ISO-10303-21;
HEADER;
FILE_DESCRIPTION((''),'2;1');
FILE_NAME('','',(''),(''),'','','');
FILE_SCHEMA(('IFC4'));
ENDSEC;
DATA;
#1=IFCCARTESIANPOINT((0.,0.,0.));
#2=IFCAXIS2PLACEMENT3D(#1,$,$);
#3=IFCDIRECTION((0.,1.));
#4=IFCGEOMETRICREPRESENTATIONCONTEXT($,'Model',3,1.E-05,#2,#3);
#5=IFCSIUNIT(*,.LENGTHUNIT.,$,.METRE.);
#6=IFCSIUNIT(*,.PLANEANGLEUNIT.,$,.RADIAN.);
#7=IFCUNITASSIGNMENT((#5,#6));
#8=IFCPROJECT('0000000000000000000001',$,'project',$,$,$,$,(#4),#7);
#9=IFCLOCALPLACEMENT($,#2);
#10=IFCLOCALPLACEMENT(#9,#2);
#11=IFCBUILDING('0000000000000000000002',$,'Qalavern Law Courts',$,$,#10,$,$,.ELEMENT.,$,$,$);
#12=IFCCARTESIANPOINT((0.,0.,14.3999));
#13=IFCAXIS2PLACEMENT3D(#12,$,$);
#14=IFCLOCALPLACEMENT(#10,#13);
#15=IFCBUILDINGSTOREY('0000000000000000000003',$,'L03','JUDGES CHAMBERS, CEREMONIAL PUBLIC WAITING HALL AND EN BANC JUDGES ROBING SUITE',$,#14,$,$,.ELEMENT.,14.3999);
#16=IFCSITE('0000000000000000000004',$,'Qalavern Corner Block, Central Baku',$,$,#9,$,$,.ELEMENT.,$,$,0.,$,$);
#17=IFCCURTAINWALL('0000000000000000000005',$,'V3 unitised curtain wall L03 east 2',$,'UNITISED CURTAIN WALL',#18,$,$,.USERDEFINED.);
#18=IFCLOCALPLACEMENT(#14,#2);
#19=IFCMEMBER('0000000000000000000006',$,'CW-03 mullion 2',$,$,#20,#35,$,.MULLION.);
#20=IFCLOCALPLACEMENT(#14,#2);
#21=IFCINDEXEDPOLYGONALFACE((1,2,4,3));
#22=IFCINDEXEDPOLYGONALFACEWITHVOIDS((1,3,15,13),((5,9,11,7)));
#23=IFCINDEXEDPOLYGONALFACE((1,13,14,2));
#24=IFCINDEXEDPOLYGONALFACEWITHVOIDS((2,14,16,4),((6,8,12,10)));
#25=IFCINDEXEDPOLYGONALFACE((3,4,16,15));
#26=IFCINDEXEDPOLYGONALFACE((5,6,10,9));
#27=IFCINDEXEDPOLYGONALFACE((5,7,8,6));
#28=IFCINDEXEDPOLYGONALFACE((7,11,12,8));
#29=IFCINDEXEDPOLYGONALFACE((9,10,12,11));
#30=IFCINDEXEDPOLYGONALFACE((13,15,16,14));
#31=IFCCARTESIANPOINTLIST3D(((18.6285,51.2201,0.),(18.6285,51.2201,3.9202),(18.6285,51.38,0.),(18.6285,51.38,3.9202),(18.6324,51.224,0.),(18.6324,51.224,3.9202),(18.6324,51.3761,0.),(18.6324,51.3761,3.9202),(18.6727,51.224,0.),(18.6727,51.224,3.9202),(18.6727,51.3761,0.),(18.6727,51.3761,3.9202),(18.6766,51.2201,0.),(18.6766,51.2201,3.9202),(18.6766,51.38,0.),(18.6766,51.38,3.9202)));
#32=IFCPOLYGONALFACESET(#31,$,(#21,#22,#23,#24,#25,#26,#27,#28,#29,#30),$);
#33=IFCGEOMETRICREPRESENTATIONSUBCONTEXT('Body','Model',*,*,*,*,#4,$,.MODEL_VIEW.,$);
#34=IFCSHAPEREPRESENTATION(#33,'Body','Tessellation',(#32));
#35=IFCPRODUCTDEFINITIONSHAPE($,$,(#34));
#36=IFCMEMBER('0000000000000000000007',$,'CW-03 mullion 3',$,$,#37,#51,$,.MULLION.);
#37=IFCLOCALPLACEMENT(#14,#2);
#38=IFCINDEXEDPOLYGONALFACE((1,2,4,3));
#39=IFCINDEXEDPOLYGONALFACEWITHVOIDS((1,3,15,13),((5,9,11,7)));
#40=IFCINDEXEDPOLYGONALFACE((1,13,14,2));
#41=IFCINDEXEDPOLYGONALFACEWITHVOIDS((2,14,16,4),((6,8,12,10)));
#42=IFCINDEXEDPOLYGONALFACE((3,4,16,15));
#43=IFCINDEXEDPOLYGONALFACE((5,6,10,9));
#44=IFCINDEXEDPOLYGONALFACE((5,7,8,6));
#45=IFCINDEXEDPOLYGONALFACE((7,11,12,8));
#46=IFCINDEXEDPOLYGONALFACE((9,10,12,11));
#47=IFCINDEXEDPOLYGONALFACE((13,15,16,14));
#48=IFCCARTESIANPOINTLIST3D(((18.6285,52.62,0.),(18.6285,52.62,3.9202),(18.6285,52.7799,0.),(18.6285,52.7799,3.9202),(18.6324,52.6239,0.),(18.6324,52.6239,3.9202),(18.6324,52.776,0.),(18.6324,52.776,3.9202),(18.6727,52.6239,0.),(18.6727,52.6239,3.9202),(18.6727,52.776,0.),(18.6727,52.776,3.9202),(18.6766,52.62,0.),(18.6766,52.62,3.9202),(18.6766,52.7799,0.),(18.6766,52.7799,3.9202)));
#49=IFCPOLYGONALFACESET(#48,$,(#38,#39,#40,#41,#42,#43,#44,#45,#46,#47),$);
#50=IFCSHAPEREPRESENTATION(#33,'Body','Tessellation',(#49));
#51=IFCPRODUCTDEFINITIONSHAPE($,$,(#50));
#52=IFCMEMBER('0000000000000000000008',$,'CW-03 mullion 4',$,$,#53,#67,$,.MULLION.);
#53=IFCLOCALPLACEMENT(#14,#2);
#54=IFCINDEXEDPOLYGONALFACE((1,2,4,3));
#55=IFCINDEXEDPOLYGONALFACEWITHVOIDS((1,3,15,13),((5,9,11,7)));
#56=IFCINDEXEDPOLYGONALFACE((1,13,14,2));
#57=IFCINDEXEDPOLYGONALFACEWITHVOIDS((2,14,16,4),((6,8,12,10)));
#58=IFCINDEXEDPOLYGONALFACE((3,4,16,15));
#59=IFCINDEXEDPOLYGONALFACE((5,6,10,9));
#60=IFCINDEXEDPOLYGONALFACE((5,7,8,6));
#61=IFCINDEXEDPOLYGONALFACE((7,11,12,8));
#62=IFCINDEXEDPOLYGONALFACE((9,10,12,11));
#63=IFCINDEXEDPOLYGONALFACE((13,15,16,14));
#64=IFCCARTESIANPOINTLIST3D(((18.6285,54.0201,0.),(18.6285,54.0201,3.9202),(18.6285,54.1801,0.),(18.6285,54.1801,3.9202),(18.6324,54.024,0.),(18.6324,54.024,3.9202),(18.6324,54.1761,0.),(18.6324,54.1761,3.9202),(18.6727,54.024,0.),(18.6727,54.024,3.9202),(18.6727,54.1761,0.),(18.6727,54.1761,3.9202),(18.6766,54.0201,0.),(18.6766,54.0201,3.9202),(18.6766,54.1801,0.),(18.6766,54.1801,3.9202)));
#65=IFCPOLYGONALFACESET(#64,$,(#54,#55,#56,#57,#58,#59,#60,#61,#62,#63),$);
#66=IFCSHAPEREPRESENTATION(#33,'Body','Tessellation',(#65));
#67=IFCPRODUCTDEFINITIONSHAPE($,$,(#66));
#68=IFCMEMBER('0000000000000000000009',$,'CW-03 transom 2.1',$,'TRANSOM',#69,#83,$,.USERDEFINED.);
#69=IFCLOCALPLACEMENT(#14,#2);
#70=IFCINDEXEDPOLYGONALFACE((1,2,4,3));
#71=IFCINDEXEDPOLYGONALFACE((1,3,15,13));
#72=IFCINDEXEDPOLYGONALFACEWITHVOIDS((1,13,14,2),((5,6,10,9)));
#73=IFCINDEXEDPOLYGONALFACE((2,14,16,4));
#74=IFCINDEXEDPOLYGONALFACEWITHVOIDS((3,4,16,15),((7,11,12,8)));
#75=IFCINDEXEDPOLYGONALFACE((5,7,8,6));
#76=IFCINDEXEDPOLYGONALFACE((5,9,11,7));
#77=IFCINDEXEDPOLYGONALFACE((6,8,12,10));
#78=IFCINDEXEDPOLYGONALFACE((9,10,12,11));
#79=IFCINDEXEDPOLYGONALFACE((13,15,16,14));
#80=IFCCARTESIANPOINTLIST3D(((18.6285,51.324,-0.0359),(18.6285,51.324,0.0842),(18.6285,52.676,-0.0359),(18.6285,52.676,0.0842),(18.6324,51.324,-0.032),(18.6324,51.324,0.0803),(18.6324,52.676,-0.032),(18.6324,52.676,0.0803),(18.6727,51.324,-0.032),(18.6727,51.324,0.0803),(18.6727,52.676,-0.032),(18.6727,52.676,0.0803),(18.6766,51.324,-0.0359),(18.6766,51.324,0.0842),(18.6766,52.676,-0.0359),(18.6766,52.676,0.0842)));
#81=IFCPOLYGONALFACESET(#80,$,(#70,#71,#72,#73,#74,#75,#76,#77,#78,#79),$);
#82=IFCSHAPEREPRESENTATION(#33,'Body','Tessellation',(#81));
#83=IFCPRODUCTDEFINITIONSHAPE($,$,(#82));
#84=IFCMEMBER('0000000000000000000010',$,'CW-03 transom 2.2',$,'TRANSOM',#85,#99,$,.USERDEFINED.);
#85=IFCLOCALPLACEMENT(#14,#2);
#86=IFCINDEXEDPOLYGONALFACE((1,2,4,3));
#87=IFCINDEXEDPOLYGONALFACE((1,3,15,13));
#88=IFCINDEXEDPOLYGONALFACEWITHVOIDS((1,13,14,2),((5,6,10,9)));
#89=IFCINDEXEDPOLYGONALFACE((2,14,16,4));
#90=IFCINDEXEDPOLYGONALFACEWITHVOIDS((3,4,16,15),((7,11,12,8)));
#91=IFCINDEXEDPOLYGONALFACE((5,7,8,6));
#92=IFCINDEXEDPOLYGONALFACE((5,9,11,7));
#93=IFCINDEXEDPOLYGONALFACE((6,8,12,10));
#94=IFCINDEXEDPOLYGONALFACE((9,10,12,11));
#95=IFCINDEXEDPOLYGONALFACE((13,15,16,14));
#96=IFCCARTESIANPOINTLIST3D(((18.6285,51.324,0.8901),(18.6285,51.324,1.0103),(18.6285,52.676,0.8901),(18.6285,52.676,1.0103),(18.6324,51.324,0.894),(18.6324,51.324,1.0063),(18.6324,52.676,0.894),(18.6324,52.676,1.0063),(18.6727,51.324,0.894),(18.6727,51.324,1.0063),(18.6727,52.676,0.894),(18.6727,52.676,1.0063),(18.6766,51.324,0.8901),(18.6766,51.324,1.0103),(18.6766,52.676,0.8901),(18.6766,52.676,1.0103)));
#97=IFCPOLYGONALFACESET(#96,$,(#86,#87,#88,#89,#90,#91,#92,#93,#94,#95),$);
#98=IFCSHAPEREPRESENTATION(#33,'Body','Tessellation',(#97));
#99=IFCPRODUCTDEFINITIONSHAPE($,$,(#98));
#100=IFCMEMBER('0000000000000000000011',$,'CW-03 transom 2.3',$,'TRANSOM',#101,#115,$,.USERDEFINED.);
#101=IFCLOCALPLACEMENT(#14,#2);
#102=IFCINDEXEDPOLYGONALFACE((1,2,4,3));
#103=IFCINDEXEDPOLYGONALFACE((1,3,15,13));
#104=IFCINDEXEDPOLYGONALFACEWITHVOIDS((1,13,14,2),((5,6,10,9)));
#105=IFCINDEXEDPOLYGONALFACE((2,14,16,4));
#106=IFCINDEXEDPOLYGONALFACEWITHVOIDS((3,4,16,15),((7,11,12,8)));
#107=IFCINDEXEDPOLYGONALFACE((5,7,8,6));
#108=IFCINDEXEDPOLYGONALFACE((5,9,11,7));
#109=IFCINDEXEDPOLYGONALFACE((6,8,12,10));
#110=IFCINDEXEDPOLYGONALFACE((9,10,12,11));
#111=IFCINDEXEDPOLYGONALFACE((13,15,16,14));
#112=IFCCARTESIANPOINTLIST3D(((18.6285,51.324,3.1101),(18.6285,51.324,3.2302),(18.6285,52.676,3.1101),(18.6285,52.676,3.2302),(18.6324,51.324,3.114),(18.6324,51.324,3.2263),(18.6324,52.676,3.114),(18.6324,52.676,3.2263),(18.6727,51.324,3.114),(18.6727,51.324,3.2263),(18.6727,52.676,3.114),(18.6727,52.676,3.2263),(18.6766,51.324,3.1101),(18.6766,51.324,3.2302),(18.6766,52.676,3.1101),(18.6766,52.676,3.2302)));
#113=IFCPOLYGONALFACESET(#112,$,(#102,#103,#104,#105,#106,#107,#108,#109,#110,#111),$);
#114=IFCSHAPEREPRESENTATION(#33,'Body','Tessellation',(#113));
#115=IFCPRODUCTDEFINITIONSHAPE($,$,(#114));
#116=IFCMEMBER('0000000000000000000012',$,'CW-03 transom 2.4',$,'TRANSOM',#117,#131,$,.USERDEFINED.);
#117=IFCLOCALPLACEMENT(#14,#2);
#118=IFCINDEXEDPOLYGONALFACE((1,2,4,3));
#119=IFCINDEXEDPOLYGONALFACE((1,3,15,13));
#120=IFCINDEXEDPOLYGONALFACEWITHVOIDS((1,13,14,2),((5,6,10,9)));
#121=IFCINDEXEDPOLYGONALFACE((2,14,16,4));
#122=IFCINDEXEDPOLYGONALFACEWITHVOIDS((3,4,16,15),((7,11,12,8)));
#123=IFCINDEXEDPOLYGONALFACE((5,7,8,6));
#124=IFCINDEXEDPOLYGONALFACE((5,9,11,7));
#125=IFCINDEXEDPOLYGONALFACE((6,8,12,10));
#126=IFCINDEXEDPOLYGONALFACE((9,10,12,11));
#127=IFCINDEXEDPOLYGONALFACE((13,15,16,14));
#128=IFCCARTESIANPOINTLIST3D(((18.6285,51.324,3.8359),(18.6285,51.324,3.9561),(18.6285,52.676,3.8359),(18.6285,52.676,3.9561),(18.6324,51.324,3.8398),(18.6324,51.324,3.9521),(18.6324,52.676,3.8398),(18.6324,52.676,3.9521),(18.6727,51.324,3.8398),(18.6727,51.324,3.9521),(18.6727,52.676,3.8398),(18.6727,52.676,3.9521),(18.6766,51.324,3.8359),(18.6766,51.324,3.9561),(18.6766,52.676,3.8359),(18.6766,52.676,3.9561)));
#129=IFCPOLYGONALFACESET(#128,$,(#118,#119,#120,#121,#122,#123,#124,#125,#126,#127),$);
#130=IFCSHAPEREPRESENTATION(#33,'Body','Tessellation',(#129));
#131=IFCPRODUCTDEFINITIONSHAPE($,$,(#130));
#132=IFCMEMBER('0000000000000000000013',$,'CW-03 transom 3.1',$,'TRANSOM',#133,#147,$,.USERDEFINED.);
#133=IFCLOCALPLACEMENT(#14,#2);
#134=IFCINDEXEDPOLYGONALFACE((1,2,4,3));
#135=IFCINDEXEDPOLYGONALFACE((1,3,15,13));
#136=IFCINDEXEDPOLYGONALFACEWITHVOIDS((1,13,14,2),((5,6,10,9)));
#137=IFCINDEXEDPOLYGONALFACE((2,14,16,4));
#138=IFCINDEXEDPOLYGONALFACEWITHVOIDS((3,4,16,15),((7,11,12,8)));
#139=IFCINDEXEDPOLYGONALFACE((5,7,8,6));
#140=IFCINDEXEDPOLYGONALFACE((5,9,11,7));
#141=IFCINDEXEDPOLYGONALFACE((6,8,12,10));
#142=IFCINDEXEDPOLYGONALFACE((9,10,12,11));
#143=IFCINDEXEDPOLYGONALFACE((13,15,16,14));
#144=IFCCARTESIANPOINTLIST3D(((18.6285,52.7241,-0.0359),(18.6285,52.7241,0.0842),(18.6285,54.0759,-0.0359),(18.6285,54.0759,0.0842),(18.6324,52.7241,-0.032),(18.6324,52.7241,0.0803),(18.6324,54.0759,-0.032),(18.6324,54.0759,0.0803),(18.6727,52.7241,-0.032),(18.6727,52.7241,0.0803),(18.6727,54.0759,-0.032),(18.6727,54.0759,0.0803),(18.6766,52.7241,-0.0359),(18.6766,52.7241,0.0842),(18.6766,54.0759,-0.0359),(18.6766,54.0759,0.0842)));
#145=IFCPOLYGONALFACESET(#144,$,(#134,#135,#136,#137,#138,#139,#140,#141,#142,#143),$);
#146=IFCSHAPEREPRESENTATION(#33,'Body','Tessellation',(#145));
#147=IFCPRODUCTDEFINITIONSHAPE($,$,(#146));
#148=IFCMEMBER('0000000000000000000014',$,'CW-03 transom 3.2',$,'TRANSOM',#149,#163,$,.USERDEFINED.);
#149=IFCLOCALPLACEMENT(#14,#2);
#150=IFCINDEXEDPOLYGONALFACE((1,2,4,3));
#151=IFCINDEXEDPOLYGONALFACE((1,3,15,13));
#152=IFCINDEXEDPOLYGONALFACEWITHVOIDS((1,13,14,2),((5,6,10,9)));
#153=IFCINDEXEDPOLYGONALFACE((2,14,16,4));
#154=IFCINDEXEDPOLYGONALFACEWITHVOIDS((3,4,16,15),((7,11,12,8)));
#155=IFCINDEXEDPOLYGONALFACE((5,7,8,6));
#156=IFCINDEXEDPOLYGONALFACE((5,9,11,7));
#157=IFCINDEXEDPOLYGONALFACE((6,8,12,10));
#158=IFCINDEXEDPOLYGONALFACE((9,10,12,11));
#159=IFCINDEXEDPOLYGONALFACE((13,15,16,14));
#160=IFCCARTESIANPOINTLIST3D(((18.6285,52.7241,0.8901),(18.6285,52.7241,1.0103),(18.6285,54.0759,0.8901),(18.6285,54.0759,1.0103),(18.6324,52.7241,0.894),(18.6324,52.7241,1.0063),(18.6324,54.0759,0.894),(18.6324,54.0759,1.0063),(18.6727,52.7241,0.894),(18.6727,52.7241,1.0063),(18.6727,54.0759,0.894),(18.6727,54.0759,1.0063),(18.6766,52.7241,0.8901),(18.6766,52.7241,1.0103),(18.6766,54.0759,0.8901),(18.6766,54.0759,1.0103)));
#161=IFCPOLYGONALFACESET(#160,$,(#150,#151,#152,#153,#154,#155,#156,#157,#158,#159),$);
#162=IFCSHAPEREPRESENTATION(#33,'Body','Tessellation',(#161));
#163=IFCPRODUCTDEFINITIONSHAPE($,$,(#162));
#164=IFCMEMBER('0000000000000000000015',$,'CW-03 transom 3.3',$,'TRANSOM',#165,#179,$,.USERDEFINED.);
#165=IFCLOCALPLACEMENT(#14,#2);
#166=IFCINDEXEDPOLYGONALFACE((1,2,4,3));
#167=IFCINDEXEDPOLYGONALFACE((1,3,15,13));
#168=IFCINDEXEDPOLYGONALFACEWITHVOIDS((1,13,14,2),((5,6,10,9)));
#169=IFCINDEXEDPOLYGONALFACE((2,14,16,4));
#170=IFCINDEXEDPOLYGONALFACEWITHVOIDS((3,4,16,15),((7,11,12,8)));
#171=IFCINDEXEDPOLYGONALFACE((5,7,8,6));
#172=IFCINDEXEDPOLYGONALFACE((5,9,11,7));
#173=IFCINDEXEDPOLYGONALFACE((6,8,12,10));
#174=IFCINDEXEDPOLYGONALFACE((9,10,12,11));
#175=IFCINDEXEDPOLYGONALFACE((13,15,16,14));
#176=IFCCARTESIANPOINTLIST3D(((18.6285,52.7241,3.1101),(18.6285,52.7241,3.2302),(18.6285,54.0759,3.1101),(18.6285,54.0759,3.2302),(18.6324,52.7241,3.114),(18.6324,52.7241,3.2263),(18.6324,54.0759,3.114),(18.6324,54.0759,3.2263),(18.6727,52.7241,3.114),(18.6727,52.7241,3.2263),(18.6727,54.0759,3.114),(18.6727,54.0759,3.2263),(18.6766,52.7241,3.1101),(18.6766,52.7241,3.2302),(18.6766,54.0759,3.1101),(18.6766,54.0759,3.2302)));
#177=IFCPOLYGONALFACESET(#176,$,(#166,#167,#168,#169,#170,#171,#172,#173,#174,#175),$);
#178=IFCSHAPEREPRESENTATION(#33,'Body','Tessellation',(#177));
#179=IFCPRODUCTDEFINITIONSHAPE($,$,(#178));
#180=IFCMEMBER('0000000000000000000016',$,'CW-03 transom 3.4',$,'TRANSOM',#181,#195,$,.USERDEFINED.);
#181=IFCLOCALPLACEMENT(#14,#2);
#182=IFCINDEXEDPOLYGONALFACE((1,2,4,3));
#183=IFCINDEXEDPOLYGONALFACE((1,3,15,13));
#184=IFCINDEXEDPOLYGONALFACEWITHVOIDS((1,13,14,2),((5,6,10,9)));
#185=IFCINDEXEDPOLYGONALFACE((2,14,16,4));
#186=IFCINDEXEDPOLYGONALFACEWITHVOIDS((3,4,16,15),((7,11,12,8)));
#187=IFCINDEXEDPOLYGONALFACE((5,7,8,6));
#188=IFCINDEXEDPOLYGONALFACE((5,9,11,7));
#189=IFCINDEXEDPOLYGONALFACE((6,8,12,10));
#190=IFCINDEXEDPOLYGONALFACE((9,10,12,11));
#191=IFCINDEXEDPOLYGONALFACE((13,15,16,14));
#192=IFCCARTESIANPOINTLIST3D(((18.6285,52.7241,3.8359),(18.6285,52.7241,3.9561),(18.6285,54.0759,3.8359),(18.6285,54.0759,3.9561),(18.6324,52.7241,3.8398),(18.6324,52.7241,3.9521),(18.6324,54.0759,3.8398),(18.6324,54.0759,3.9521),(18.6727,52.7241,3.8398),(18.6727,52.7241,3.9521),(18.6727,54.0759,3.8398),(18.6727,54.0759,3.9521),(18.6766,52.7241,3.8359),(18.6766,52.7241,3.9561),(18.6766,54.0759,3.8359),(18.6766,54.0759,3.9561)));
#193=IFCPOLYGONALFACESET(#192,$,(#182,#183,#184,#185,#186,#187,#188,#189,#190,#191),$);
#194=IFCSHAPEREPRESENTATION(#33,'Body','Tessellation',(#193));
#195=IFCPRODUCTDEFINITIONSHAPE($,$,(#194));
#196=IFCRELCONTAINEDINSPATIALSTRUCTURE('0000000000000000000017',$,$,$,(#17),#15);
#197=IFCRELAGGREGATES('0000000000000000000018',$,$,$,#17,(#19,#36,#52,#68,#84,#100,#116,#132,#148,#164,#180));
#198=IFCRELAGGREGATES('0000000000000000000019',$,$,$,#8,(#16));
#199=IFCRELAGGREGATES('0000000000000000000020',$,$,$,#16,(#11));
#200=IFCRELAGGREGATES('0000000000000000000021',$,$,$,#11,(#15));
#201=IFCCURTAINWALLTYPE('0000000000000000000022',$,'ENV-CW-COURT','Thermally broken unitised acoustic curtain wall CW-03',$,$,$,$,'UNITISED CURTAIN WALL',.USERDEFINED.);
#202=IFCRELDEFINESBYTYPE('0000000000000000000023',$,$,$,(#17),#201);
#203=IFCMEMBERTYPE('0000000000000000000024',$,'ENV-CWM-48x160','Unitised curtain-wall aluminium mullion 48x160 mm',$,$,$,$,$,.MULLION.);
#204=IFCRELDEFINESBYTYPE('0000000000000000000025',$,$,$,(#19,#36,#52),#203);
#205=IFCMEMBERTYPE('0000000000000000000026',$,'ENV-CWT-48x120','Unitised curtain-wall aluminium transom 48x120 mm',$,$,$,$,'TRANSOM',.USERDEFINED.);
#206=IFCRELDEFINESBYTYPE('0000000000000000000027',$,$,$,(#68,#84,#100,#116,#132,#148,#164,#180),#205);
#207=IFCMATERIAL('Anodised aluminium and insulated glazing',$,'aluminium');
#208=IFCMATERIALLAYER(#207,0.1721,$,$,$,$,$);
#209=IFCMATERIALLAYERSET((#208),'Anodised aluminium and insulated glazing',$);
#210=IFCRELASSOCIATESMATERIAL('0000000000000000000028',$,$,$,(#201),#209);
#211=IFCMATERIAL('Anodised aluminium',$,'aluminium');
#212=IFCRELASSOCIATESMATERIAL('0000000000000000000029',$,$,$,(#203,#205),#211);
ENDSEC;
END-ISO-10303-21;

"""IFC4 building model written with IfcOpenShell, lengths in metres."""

from ifc_helpers import new_model, si_unit, direction, frame, origin, origin_2d, place, context, subcontext, project, spatial, hollow_rectangle, extrude, material, layer, layer_set, material_profile, profile_set, type_object, element, aggregate, save


model = new_model("IFC4")

# Units and contexts
model_context = context("Model", 3, precision=1e-05, world=origin(), true_north=direction((0.0, 1.0)))
body_context = subcontext(model_context, "Body", "Model", "MODEL_VIEW")
ifc_project = project(units=[si_unit("LENGTHUNIT", "METRE"), si_unit("PLANEANGLEUNIT", "RADIAN")], contexts=[model_context])

# Site, building, storey
site_placement = place(None, origin())
site = spatial("IfcSite", under=ifc_project, at=site_placement, Name="Qalavern Corner Block, Central Baku", CompositionType="ELEMENT", RefElevation=0.0)
building_placement = place(site_placement, origin())
building = spatial("IfcBuilding", under=site, at=building_placement, Name="Qalavern Law Courts", CompositionType="ELEMENT")
storey_placement = place(building_placement, frame((0.0, 0.0, 14.3999)))
storey = spatial("IfcBuildingStorey", under=building, at=storey_placement, Name="L03", Description="JUDGES CHAMBERS, CEREMONIAL PUBLIC WAITING HALL AND EN BANC JUDGES ROBING SUITE", CompositionType="ELEMENT", Elevation=14.3999)

# Curtain wall, members
ifc_material_1 = material(Name="Anodised aluminium and insulated glazing", Category="aluminium")
ifc_layer_1 = layer(ifc_material_1, 0.1721)
ifc_layer_set_1 = layer_set([ifc_layer_1], Name="Anodised aluminium and insulated glazing")
curtain_wall_type = type_object("IfcCurtainWallType", Name="ENV-CW-COURT", Description="Thermally broken unitised acoustic curtain wall CW-03", ElementType="UNITISED CURTAIN WALL", PredefinedType="USERDEFINED", material=ifc_layer_set_1)
curtain_wall_placement = place(storey_placement, origin())
curtain_wall = element("IfcCurtainWall", 1, at=curtain_wall_placement, inside=storey, type_object=curtain_wall_type, Name="V3 unitised curtain wall L03 east 2", ObjectType="UNITISED CURTAIN WALL", PredefinedType="USERDEFINED")
ifc_material_2 = material(Name="Anodised aluminium", Category="aluminium")
ifc_material_profile_1 = material_profile(ifc_material_2, hollow_rectangle(XDim=0.0481, YDim=0.1599, WallThickness=0.0039, at=origin_2d()), Name="ALU MULLION 48x160")
ifc_profile_set_1 = profile_set([ifc_material_profile_1], Name="Anodised aluminium")
member_type_1 = type_object("IfcMemberType", Name="ENV-CWM-48x160", Description="Unitised curtain-wall aluminium mullion 48x160 mm", PredefinedType="MULLION", material=ifc_profile_set_1)
member_1_placement = place(storey_placement, frame((18.6526, 51.3, 0.0), z_axis=(0.0, 0.0, 1.0), x_axis=(-1.0, 0.0, 0.0)))
member_1 = element("IfcMember", 2, at=member_1_placement, type_object=member_type_1, Name="CW-03 mullion 2", PredefinedType="MULLION", context=body_context, shape_type="SweptSolid", body=[
    extrude(hollow_rectangle(XDim=0.0481, YDim=0.1599, WallThickness=0.0039, at=origin_2d()), origin(), (0.0, 0.0, 1.0), 3.9202),
])
member_2_placement = place(storey_placement, frame((18.6526, 52.7, 0.0), z_axis=(0.0, 0.0, 1.0), x_axis=(-1.0, 0.0, 0.0)))
member_2 = element("IfcMember", 3, at=member_2_placement, type_object=member_type_1, Name="CW-03 mullion 3", PredefinedType="MULLION", context=body_context, shape_type="SweptSolid", body=[
    extrude(hollow_rectangle(XDim=0.0481, YDim=0.1599, WallThickness=0.0039, at=origin_2d()), origin(), (0.0, 0.0, 1.0), 3.9202),
])
member_3_placement = place(storey_placement, frame((18.6526, 54.1001, 0.0), z_axis=(0.0, 0.0, 1.0), x_axis=(-1.0, 0.0, 0.0)))
member_3 = element("IfcMember", 4, at=member_3_placement, type_object=member_type_1, Name="CW-03 mullion 4", PredefinedType="MULLION", context=body_context, shape_type="SweptSolid", body=[
    extrude(hollow_rectangle(XDim=0.0481, YDim=0.1599, WallThickness=0.0039, at=origin_2d()), origin(), (0.0, 0.0, 1.0), 3.9202),
])
ifc_material_profile_2 = material_profile(ifc_material_2, hollow_rectangle(XDim=0.0481, YDim=0.1201, WallThickness=0.0039, at=origin_2d()), Name="ALU TRANSOM 48x120")
ifc_profile_set_2 = profile_set([ifc_material_profile_2], Name="Anodised aluminium")
member_type_2 = type_object("IfcMemberType", Name="ENV-CWT-48x120", Description="Unitised curtain-wall aluminium transom 48x120 mm", ElementType="TRANSOM", PredefinedType="USERDEFINED", material=ifc_profile_set_2)
member_4_placement = place(storey_placement, frame((18.6526, 51.324, 0.0242), z_axis=(0.0, 1.0, 0.0), x_axis=(-1.0, 0.0, 0.0)))
member_4 = element("IfcMember", 5, at=member_4_placement, type_object=member_type_2, Name="CW-03 transom 2.1", ObjectType="TRANSOM", PredefinedType="USERDEFINED", context=body_context, shape_type="SweptSolid", body=[
    extrude(hollow_rectangle(XDim=0.0481, YDim=0.1201, WallThickness=0.0039, at=origin_2d()), origin(), (0.0, 0.0, 1.0), 1.3521),
])
member_5_placement = place(storey_placement, frame((18.6526, 51.324, 0.9502), z_axis=(0.0, 1.0, 0.0), x_axis=(-1.0, 0.0, 0.0)))
member_5 = element("IfcMember", 6, at=member_5_placement, type_object=member_type_2, Name="CW-03 transom 2.2", ObjectType="TRANSOM", PredefinedType="USERDEFINED", context=body_context, shape_type="SweptSolid", body=[
    extrude(hollow_rectangle(XDim=0.0481, YDim=0.1201, WallThickness=0.0039, at=origin_2d()), origin(), (0.0, 0.0, 1.0), 1.3521),
])
member_6_placement = place(storey_placement, frame((18.6526, 51.324, 3.1702), z_axis=(0.0, 1.0, 0.0), x_axis=(-1.0, 0.0, 0.0)))
member_6 = element("IfcMember", 7, at=member_6_placement, type_object=member_type_2, Name="CW-03 transom 2.3", ObjectType="TRANSOM", PredefinedType="USERDEFINED", context=body_context, shape_type="SweptSolid", body=[
    extrude(hollow_rectangle(XDim=0.0481, YDim=0.1201, WallThickness=0.0039, at=origin_2d()), origin(), (0.0, 0.0, 1.0), 1.3521),
])
member_7_placement = place(storey_placement, frame((18.6526, 51.324, 3.896), z_axis=(0.0, 1.0, 0.0), x_axis=(-1.0, 0.0, 0.0)))
member_7 = element("IfcMember", 8, at=member_7_placement, type_object=member_type_2, Name="CW-03 transom 2.4", ObjectType="TRANSOM", PredefinedType="USERDEFINED", context=body_context, shape_type="SweptSolid", body=[
    extrude(hollow_rectangle(XDim=0.0481, YDim=0.1201, WallThickness=0.0039, at=origin_2d()), origin(), (0.0, 0.0, 1.0), 1.3521),
])
member_8_placement = place(storey_placement, frame((18.6526, 52.7241, 0.0242), z_axis=(0.0, 1.0, 0.0), x_axis=(-1.0, 0.0, 0.0)))
member_8 = element("IfcMember", 9, at=member_8_placement, type_object=member_type_2, Name="CW-03 transom 3.1", ObjectType="TRANSOM", PredefinedType="USERDEFINED", context=body_context, shape_type="SweptSolid", body=[
    extrude(hollow_rectangle(XDim=0.0481, YDim=0.1201, WallThickness=0.0039, at=origin_2d()), origin(), (0.0, 0.0, 1.0), 1.3518),
])
member_9_placement = place(storey_placement, frame((18.6526, 52.7241, 0.9502), z_axis=(0.0, 1.0, 0.0), x_axis=(-1.0, 0.0, 0.0)))
member_9 = element("IfcMember", 10, at=member_9_placement, type_object=member_type_2, Name="CW-03 transom 3.2", ObjectType="TRANSOM", PredefinedType="USERDEFINED", context=body_context, shape_type="SweptSolid", body=[
    extrude(hollow_rectangle(XDim=0.0481, YDim=0.1201, WallThickness=0.0039, at=origin_2d()), origin(), (0.0, 0.0, 1.0), 1.3518),
])
member_10_placement = place(storey_placement, frame((18.6526, 52.7241, 3.1702), z_axis=(0.0, 1.0, 0.0), x_axis=(-1.0, 0.0, 0.0)))
member_10 = element("IfcMember", 11, at=member_10_placement, type_object=member_type_2, Name="CW-03 transom 3.3", ObjectType="TRANSOM", PredefinedType="USERDEFINED", context=body_context, shape_type="SweptSolid", body=[
    extrude(hollow_rectangle(XDim=0.0481, YDim=0.1201, WallThickness=0.0039, at=origin_2d()), origin(), (0.0, 0.0, 1.0), 1.3518),
])
member_11_placement = place(storey_placement, frame((18.6526, 52.7241, 3.896), z_axis=(0.0, 1.0, 0.0), x_axis=(-1.0, 0.0, 0.0)))
member_11 = element("IfcMember", 12, at=member_11_placement, type_object=member_type_2, Name="CW-03 transom 3.4", ObjectType="TRANSOM", PredefinedType="USERDEFINED", context=body_context, shape_type="SweptSolid", body=[
    extrude(hollow_rectangle(XDim=0.0481, YDim=0.1201, WallThickness=0.0039, at=origin_2d()), origin(), (0.0, 0.0, 1.0), 1.3518),
])
aggregate(curtain_wall, [member_1, member_2, member_3, member_4, member_5, member_6, member_7, member_8, member_9, member_10, member_11])

save(model, "model.ifc")
